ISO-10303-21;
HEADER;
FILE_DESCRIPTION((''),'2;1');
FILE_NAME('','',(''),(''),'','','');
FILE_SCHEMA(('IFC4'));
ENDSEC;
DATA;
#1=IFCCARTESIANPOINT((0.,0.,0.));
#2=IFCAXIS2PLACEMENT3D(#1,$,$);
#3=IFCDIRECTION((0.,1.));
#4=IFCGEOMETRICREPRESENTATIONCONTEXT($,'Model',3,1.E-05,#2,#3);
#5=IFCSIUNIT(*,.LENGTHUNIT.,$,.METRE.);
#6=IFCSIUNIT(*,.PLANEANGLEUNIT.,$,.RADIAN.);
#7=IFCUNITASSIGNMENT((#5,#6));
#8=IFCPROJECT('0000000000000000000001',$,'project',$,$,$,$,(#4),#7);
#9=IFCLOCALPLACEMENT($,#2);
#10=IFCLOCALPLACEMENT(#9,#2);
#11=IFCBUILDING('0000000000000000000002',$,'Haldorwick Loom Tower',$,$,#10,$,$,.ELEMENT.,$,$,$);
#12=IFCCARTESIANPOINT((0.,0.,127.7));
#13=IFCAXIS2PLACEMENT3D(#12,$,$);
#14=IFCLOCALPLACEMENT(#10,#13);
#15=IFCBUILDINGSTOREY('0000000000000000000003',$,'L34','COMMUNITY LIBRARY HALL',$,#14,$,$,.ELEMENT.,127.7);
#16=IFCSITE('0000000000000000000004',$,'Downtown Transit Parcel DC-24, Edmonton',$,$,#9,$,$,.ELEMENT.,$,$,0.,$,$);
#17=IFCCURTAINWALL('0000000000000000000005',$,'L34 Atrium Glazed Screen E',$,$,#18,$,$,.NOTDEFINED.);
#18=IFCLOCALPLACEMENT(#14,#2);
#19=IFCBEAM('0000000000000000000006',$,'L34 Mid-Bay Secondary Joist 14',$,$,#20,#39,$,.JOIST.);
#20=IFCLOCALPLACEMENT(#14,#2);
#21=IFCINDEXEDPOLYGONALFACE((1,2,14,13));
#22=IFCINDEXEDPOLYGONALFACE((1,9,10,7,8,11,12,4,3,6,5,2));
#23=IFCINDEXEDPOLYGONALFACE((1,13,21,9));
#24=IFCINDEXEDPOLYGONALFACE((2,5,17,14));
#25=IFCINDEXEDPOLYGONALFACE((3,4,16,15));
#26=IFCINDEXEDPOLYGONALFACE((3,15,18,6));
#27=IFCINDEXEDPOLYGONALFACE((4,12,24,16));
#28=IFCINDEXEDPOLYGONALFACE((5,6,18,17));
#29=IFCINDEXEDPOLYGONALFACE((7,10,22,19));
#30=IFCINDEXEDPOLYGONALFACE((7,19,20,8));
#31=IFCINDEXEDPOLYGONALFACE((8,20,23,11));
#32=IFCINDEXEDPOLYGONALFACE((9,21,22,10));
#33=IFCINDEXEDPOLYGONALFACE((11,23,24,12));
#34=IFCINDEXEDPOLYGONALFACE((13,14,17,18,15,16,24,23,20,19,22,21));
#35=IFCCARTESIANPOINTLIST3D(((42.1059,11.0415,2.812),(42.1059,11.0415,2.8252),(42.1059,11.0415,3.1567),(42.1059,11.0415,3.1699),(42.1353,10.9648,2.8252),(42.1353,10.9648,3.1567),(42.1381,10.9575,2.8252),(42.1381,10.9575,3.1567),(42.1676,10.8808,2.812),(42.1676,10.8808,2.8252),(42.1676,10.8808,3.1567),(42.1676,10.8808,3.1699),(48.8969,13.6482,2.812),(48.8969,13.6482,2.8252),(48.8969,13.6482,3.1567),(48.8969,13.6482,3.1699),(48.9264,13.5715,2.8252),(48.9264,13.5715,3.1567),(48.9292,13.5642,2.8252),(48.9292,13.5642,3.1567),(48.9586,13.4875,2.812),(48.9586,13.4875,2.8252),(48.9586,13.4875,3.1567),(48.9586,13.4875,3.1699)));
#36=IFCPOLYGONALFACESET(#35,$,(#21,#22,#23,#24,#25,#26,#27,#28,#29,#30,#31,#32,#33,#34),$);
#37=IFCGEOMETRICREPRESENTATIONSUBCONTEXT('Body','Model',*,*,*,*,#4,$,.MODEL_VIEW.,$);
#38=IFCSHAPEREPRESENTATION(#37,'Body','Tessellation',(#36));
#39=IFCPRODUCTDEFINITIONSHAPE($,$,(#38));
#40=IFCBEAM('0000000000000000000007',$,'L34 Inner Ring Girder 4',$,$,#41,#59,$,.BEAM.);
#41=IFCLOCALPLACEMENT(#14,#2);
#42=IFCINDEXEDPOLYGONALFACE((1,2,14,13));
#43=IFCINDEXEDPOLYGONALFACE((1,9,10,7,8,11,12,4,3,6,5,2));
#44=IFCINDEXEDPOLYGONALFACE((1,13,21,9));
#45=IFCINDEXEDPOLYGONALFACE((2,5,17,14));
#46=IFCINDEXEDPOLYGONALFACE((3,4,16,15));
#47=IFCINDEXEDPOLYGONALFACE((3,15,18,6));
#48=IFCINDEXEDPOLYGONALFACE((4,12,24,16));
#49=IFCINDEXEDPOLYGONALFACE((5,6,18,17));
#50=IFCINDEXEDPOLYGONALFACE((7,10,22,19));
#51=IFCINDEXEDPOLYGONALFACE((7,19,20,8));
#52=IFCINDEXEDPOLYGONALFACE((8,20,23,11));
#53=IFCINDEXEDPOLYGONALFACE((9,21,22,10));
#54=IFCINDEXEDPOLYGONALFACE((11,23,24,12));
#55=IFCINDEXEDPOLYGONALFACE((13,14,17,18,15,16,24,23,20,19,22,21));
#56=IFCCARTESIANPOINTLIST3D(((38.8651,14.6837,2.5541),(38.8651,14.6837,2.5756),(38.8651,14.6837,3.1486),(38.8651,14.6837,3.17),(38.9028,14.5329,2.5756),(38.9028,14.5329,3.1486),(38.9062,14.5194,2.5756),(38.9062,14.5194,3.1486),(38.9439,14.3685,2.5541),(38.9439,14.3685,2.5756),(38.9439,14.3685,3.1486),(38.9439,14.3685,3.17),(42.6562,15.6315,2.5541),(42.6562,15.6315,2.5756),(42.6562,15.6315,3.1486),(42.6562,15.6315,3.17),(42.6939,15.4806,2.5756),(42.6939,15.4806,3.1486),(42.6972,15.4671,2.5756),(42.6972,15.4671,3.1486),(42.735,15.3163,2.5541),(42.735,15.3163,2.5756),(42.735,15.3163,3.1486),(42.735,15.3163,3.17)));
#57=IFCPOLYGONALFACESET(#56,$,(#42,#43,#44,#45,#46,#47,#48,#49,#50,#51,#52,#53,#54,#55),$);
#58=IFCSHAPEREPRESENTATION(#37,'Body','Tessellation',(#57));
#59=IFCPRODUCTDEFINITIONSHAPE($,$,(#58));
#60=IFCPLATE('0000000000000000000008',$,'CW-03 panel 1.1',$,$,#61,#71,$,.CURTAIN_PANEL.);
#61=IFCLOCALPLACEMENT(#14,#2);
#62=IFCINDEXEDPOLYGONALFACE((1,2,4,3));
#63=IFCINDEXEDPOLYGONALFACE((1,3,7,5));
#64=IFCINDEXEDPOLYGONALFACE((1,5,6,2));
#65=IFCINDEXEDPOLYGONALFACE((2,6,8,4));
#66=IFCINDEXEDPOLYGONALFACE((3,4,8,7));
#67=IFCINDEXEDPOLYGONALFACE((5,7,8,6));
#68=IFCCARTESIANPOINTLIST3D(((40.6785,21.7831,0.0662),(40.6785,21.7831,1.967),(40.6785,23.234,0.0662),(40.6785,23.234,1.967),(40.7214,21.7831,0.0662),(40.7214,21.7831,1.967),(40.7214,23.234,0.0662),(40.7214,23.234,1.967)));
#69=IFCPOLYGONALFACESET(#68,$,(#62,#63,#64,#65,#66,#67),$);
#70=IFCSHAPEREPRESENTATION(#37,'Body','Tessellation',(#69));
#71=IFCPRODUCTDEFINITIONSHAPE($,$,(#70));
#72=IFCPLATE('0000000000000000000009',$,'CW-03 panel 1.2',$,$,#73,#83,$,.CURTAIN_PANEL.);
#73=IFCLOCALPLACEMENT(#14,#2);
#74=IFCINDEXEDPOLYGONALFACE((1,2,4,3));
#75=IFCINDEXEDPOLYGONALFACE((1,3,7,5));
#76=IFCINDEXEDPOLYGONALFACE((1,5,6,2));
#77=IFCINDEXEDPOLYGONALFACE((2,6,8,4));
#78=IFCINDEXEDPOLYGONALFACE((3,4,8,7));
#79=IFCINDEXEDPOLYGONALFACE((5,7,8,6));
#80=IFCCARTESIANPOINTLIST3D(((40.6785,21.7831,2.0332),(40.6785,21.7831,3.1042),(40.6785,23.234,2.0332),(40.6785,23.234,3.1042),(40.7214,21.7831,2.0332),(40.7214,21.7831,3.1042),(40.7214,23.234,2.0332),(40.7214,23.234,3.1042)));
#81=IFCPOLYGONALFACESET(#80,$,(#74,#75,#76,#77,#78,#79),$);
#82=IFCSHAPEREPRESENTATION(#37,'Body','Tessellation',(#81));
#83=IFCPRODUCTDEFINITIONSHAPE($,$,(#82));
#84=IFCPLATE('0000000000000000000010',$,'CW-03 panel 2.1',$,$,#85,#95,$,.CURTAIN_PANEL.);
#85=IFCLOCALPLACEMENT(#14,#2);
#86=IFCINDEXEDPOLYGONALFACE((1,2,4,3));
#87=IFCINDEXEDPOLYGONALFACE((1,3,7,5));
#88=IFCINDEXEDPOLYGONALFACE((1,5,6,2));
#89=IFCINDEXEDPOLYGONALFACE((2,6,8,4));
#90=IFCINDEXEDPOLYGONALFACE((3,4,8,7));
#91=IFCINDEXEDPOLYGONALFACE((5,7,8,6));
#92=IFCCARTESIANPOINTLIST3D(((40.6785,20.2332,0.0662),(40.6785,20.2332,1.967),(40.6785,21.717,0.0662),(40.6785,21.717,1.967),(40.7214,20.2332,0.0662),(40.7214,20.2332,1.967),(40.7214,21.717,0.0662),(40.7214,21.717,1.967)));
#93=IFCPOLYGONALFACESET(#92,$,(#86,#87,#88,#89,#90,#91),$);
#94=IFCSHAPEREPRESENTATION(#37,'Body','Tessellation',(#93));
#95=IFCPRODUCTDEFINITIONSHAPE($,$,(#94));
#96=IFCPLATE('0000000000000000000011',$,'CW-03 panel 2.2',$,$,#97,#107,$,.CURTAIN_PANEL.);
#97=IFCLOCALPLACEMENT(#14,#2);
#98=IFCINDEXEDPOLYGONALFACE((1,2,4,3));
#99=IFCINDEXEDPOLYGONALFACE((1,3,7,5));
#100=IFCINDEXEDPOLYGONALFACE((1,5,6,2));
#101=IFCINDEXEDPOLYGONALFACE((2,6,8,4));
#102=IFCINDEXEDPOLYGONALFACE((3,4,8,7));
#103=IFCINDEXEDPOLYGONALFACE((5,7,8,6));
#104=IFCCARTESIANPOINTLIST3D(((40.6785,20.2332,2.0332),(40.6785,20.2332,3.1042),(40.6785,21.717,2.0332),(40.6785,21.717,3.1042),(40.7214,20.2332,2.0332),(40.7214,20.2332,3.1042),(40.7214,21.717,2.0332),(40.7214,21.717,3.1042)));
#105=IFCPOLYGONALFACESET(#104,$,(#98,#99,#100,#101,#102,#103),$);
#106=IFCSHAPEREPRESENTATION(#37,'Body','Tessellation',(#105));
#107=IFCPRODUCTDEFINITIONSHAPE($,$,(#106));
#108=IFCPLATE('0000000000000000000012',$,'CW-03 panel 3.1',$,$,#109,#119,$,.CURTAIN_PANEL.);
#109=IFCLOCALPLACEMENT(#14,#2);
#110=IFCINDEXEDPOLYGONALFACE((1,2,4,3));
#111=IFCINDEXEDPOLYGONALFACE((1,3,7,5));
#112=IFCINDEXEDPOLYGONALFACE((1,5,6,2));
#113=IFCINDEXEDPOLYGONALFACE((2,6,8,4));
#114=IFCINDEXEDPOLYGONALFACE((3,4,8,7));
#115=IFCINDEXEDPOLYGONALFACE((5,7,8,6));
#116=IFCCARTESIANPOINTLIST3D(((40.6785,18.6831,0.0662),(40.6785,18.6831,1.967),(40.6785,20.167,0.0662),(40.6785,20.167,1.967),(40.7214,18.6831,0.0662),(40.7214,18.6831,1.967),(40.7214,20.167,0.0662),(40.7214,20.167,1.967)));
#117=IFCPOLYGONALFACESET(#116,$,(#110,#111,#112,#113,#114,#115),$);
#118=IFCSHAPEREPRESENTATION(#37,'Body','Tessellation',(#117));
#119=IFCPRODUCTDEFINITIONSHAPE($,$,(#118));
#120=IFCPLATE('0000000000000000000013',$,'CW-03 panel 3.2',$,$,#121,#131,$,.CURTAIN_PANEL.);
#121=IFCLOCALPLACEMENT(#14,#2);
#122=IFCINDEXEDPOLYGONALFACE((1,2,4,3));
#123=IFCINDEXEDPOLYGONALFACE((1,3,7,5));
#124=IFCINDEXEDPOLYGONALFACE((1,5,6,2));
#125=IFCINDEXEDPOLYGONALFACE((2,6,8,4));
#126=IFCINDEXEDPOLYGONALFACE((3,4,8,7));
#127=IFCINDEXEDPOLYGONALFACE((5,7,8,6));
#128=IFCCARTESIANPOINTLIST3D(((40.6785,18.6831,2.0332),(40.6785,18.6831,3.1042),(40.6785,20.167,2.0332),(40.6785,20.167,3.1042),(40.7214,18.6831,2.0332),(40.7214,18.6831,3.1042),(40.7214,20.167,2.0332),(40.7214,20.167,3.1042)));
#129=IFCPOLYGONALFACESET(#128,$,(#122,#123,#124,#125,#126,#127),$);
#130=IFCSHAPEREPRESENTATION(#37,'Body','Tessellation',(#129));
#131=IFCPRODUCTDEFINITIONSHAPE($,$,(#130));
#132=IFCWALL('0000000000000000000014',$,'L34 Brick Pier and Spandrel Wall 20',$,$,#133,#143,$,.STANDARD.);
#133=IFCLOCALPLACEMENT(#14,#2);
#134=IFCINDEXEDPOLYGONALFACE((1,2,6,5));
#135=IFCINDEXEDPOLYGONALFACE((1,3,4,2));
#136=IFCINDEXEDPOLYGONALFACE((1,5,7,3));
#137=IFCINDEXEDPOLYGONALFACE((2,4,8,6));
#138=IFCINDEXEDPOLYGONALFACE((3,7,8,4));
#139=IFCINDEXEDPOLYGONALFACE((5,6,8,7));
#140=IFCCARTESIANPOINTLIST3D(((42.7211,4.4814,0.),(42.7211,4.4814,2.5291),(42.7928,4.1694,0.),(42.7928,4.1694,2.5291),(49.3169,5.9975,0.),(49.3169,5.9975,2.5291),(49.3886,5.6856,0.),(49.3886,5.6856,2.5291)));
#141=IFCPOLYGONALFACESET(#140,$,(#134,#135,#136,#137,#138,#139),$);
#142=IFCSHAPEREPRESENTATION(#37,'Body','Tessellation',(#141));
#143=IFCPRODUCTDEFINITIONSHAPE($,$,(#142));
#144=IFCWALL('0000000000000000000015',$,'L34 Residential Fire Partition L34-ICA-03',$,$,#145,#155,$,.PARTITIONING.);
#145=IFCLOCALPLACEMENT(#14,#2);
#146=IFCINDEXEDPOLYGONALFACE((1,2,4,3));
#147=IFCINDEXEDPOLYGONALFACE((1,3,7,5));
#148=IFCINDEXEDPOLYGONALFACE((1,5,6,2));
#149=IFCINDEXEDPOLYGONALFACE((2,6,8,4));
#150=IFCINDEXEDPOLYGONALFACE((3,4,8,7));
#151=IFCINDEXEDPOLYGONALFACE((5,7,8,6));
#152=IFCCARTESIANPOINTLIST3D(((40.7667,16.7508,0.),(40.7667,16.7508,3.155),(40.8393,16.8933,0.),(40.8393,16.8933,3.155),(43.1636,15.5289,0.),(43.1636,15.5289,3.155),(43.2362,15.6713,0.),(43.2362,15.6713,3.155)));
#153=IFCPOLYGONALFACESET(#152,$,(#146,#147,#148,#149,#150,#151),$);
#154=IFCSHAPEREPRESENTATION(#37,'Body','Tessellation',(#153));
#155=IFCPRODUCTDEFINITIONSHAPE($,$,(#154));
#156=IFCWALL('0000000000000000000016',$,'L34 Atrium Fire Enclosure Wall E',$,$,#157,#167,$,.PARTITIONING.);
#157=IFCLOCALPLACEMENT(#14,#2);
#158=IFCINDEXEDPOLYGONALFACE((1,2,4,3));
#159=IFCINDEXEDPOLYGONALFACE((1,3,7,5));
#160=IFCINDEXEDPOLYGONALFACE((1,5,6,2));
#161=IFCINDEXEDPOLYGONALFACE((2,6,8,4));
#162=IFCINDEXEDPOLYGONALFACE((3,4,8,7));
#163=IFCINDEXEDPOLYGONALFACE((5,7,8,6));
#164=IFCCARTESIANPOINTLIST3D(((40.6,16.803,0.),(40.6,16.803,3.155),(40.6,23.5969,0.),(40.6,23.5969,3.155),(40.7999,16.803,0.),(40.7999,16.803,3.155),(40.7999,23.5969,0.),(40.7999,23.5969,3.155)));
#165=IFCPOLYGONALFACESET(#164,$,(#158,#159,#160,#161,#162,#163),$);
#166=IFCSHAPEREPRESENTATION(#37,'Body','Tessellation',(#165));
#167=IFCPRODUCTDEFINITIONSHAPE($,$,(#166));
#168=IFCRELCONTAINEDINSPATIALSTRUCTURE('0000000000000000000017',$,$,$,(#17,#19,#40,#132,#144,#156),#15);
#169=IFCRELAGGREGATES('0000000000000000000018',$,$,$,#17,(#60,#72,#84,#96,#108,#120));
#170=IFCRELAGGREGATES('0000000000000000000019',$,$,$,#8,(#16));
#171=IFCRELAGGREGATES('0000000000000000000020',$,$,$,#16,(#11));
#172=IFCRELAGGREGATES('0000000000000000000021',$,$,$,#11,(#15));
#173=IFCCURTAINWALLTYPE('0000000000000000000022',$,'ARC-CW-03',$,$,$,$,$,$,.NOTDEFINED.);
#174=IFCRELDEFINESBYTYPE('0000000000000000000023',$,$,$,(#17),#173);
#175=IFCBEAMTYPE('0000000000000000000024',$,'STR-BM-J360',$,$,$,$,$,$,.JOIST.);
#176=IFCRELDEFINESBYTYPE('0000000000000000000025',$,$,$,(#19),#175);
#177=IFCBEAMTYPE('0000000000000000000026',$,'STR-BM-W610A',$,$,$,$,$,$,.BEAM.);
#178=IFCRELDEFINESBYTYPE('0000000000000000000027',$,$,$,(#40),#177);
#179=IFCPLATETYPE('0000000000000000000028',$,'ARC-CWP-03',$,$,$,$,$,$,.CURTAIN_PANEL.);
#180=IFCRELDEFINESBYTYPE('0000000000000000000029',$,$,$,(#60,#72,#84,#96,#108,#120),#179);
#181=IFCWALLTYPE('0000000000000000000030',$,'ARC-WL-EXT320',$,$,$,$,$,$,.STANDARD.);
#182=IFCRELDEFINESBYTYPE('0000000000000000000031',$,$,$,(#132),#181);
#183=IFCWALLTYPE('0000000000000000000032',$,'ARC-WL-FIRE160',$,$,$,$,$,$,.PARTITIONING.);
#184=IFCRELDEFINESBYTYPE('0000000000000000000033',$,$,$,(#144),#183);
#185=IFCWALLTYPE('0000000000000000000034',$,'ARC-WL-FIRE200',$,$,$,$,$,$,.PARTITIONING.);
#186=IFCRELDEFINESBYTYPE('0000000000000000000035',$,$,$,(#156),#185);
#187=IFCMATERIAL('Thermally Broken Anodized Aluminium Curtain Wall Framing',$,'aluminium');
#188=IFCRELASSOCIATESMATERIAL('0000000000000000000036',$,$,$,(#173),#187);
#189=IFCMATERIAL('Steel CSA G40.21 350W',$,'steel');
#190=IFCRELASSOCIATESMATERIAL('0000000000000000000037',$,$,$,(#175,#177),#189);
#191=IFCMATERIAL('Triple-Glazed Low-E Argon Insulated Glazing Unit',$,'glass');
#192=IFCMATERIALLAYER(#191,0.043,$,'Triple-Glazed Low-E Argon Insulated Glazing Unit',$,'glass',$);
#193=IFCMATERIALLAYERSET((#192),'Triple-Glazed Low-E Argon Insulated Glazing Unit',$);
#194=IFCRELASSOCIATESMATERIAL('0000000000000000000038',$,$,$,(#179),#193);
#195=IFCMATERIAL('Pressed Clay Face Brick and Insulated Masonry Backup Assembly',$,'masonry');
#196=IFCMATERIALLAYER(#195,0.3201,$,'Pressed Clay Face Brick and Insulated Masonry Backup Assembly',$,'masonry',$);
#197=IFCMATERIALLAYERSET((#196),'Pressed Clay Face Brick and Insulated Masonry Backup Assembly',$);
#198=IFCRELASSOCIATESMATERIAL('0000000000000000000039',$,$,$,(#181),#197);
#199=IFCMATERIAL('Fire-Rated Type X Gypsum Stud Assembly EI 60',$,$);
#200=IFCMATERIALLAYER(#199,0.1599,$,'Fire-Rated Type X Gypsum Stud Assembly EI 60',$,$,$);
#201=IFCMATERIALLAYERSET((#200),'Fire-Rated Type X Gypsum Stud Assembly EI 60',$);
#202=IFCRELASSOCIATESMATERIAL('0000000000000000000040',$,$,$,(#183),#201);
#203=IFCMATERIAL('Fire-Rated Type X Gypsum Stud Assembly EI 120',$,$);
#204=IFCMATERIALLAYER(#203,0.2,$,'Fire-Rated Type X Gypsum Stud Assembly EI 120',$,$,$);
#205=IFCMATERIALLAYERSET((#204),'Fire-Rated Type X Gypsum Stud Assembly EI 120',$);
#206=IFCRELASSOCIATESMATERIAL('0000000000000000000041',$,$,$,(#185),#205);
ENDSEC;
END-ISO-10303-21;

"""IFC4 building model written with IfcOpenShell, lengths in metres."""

from ifc_helpers import new_model, si_unit, direction, frame, frame_2d, origin, origin_2d, place, context, subcontext, project, spatial, rectangle, i_section, extrude, material, layer, layer_set, material_profile, profile_set, type_object, element, aggregate, save


model = new_model("IFC4")

# Units and contexts
model_context = context("Model", 3, precision=1e-05, world=origin(), true_north=direction((0.0, 1.0)))
body_context = subcontext(model_context, "Body", "Model", "MODEL_VIEW")
ifc_project = project(units=[si_unit("LENGTHUNIT", "METRE"), si_unit("PLANEANGLEUNIT", "RADIAN")], contexts=[model_context])

# Site, building, storey
site_placement = place(None, origin())
site = spatial("IfcSite", under=ifc_project, at=site_placement, Name="Downtown Transit Parcel DC-24, Edmonton", CompositionType="ELEMENT", RefElevation=0.0)
building_placement = place(site_placement, origin())
building = spatial("IfcBuilding", under=site, at=building_placement, Name="Haldorwick Loom Tower", CompositionType="ELEMENT")
storey_placement = place(building_placement, frame((0.0, 0.0, 127.7)))
storey = spatial("IfcBuildingStorey", under=building, at=storey_placement, Name="L34", Description="COMMUNITY LIBRARY HALL", CompositionType="ELEMENT", Elevation=127.7)

# Curtain wall
ifc_material_1 = material(Name="Thermally Broken Anodized Aluminium Curtain Wall Framing", Category="aluminium")
curtain_wall_type = type_object("IfcCurtainWallType", Name="ARC-CW-03", PredefinedType="NOTDEFINED", material=ifc_material_1)
curtain_wall_placement = place(storey_placement, origin())
curtain_wall = element("IfcCurtainWall", 1, at=curtain_wall_placement, inside=storey, type_object=curtain_wall_type, Name="L34 Atrium Glazed Screen E", PredefinedType="NOTDEFINED")

# Beams
ifc_material_2 = material(Name="Steel CSA G40.21 350W", Category="steel")
ifc_material_profile_1 = material_profile(ifc_material_2, i_section(OverallWidth=0.1721, OverallDepth=0.3579, WebThickness=0.0078, FlangeThickness=0.0132, at=origin_2d()), Name="W360X57", Category="steel")
ifc_profile_set_1 = profile_set([ifc_material_profile_1], Name="Steel CSA G40.21 350W")
beam_type_1 = type_object("IfcBeamType", Name="STR-BM-J360", PredefinedType="JOIST", material=ifc_profile_set_1)
beam_1_placement = place(storey_placement, frame((42.1367, 10.9612, 2.991), z_axis=(0.933587, 0.358352, 0.0), x_axis=(-0.358352, 0.933587, 0.0)))
element("IfcBeam", 2, at=beam_1_placement, inside=storey, type_object=beam_type_1, Name="L34 Mid-Bay Secondary Joist 14", PredefinedType="JOIST", context=body_context, shape_type="SweptSolid", body=[
    extrude(i_section(OverallWidth=0.1721, OverallDepth=0.3579, WebThickness=0.0078, FlangeThickness=0.0132, at=origin_2d()), origin(), (0.0, 0.0, 1.0), 7.2742),
])
ifc_material_profile_2 = material_profile(ifc_material_2, i_section(OverallWidth=0.325, OverallDepth=0.616, WebThickness=0.0139, FlangeThickness=0.0215, at=origin_2d()), Name="W610X174", Category="steel")
ifc_profile_set_2 = profile_set([ifc_material_profile_2], Name="Steel CSA G40.21 350W")
beam_type_2 = type_object("IfcBeamType", Name="STR-BM-W610A", PredefinedType="BEAM", material=ifc_profile_set_2)
beam_2_placement = place(storey_placement, frame((42.6956, 15.4739, 2.8621), z_axis=(-0.970143, -0.242536, 0.0), x_axis=(0.242536, -0.970143, 0.0)))
element("IfcBeam", 3, at=beam_2_placement, inside=storey, type_object=beam_type_2, Name="L34 Inner Ring Girder 4", PredefinedType="BEAM", context=body_context, shape_type="SweptSolid", body=[
    extrude(i_section(OverallWidth=0.325, OverallDepth=0.616, WebThickness=0.0139, FlangeThickness=0.0215, at=origin_2d()), origin(), (0.0, 0.0, 1.0), 3.9077),
])

# Plates
ifc_material_3 = material(Name="Triple-Glazed Low-E Argon Insulated Glazing Unit", Category="glass")
ifc_layer_1 = layer(ifc_material_3, 0.043, Name="Triple-Glazed Low-E Argon Insulated Glazing Unit", Category="glass")
ifc_layer_set_1 = layer_set([ifc_layer_1], Name="Triple-Glazed Low-E Argon Insulated Glazing Unit")
plate_type = type_object("IfcPlateType", Name="ARC-CWP-03", PredefinedType="CURTAIN_PANEL", material=ifc_layer_set_1)
plate_1_placement = place(storey_placement, frame((40.7, 22.5085, 0.0662), z_axis=(0.0, 0.0, 1.0), x_axis=(0.0, -1.0, 0.0)))
plate_1 = element("IfcPlate", 4, at=plate_1_placement, type_object=plate_type, Name="CW-03 panel 1.1", PredefinedType="CURTAIN_PANEL", context=body_context, shape_type="SweptSolid", body=[
    extrude(rectangle(XDim=1.4509, YDim=0.043, at=origin_2d()), origin(), (0.0, 0.0, 1.0), 1.9009),
])
plate_2_placement = place(storey_placement, frame((40.7, 22.5085, 2.0332), z_axis=(0.0, 0.0, 1.0), x_axis=(0.0, -1.0, 0.0)))
plate_2 = element("IfcPlate", 5, at=plate_2_placement, type_object=plate_type, Name="CW-03 panel 1.2", PredefinedType="CURTAIN_PANEL", context=body_context, shape_type="SweptSolid", body=[
    extrude(rectangle(XDim=1.4509, YDim=0.043, at=origin_2d()), origin(), (0.0, 0.0, 1.0), 1.071),
])
plate_3_placement = place(storey_placement, frame((40.7, 20.9751, 0.0662), z_axis=(0.0, 0.0, 1.0), x_axis=(0.0, -1.0, 0.0)))
plate_3 = element("IfcPlate", 6, at=plate_3_placement, type_object=plate_type, Name="CW-03 panel 2.1", PredefinedType="CURTAIN_PANEL", context=body_context, shape_type="SweptSolid", body=[
    extrude(rectangle(XDim=1.4839, YDim=0.043, at=origin_2d()), origin(), (0.0, 0.0, 1.0), 1.9009),
])
plate_4_placement = place(storey_placement, frame((40.7, 20.9751, 2.0332), z_axis=(0.0, 0.0, 1.0), x_axis=(0.0, -1.0, 0.0)))
plate_4 = element("IfcPlate", 7, at=plate_4_placement, type_object=plate_type, Name="CW-03 panel 2.2", PredefinedType="CURTAIN_PANEL", context=body_context, shape_type="SweptSolid", body=[
    extrude(rectangle(XDim=1.4839, YDim=0.043, at=origin_2d()), origin(), (0.0, 0.0, 1.0), 1.071),
])
plate_5_placement = place(storey_placement, frame((40.7, 19.425, 0.0662), z_axis=(0.0, 0.0, 1.0), x_axis=(0.0, -1.0, 0.0)))
plate_5 = element("IfcPlate", 8, at=plate_5_placement, type_object=plate_type, Name="CW-03 panel 3.1", PredefinedType="CURTAIN_PANEL", context=body_context, shape_type="SweptSolid", body=[
    extrude(rectangle(XDim=1.4839, YDim=0.043, at=origin_2d()), origin(), (0.0, 0.0, 1.0), 1.9009),
])
plate_6_placement = place(storey_placement, frame((40.7, 19.425, 2.0332), z_axis=(0.0, 0.0, 1.0), x_axis=(0.0, -1.0, 0.0)))
plate_6 = element("IfcPlate", 9, at=plate_6_placement, type_object=plate_type, Name="CW-03 panel 3.2", PredefinedType="CURTAIN_PANEL", context=body_context, shape_type="SweptSolid", body=[
    extrude(rectangle(XDim=1.4839, YDim=0.043, at=origin_2d()), origin(), (0.0, 0.0, 1.0), 1.071),
])
aggregate(curtain_wall, [plate_1, plate_2, plate_3, plate_4, plate_5, plate_6])

# Walls
ifc_material_4 = material(Name="Pressed Clay Face Brick and Insulated Masonry Backup Assembly", Category="masonry")
ifc_layer_2 = layer(ifc_material_4, 0.3201, Name="Pressed Clay Face Brick and Insulated Masonry Backup Assembly", Category="masonry")
ifc_layer_set_2 = layer_set([ifc_layer_2], Name="Pressed Clay Face Brick and Insulated Masonry Backup Assembly")
wall_type_1 = type_object("IfcWallType", Name="ARC-WL-EXT320", PredefinedType="STANDARD", material=ifc_layer_set_2)
wall_1_placement = place(storey_placement, frame((42.7571, 4.3254, 0.0), z_axis=(0.0, 0.0, 1.0), x_axis=(0.974584, 0.224022, 0.0)))
element("IfcWall", 10, at=wall_1_placement, inside=storey, type_object=wall_type_1, Name="L34 Brick Pier and Spandrel Wall 20", PredefinedType="STANDARD", context=body_context, shape_type="SweptSolid", body=[
    extrude(rectangle(XDim=6.7678, YDim=0.3201, at=frame_2d((3.3838, 0.0))), origin(), (0.0, 0.0, 1.0), 2.5291),
])
ifc_material_5 = material(Name="Fire-Rated Type X Gypsum Stud Assembly EI 60")
ifc_layer_3 = layer(ifc_material_5, 0.1599, Name="Fire-Rated Type X Gypsum Stud Assembly EI 60")
ifc_layer_set_3 = layer_set([ifc_layer_3], Name="Fire-Rated Type X Gypsum Stud Assembly EI 60")
wall_type_2 = type_object("IfcWallType", Name="ARC-WL-FIRE160", PredefinedType="PARTITIONING", material=ifc_layer_set_3)
wall_2_placement = place(storey_placement, frame((40.803, 16.822, 0.0), z_axis=(0.0, 0.0, 1.0), x_axis=(0.890916, -0.454169, 0.0)))
element("IfcWall", 11, at=wall_2_placement, inside=storey, type_object=wall_type_2, Name="L34 Residential Fire Partition L34-ICA-03", PredefinedType="PARTITIONING", context=body_context, shape_type="SweptSolid", body=[
    extrude(rectangle(XDim=2.6904, YDim=0.1599, at=frame_2d((1.3452, 0.0))), origin(), (0.0, 0.0, 1.0), 3.155),
])
ifc_material_6 = material(Name="Fire-Rated Type X Gypsum Stud Assembly EI 120")
ifc_layer_4 = layer(ifc_material_6, 0.2, Name="Fire-Rated Type X Gypsum Stud Assembly EI 120")
ifc_layer_set_4 = layer_set([ifc_layer_4], Name="Fire-Rated Type X Gypsum Stud Assembly EI 120")
wall_type_3 = type_object("IfcWallType", Name="ARC-WL-FIRE200", PredefinedType="PARTITIONING", material=ifc_layer_set_4)
wall_3_placement = place(storey_placement, frame((40.7, 23.5969, 0.0), z_axis=(0.0, 0.0, 1.0), x_axis=(0.0, -1.0, 0.0)))
element("IfcWall", 12, at=wall_3_placement, inside=storey, type_object=wall_type_3, Name="L34 Atrium Fire Enclosure Wall E", PredefinedType="PARTITIONING", context=body_context, shape_type="SweptSolid", body=[
    extrude(rectangle(XDim=6.7939, YDim=0.2, at=frame_2d((3.397, 0.0))), origin(), (0.0, 0.0, 1.0), 3.155),
])

save(model, "model.ifc")
